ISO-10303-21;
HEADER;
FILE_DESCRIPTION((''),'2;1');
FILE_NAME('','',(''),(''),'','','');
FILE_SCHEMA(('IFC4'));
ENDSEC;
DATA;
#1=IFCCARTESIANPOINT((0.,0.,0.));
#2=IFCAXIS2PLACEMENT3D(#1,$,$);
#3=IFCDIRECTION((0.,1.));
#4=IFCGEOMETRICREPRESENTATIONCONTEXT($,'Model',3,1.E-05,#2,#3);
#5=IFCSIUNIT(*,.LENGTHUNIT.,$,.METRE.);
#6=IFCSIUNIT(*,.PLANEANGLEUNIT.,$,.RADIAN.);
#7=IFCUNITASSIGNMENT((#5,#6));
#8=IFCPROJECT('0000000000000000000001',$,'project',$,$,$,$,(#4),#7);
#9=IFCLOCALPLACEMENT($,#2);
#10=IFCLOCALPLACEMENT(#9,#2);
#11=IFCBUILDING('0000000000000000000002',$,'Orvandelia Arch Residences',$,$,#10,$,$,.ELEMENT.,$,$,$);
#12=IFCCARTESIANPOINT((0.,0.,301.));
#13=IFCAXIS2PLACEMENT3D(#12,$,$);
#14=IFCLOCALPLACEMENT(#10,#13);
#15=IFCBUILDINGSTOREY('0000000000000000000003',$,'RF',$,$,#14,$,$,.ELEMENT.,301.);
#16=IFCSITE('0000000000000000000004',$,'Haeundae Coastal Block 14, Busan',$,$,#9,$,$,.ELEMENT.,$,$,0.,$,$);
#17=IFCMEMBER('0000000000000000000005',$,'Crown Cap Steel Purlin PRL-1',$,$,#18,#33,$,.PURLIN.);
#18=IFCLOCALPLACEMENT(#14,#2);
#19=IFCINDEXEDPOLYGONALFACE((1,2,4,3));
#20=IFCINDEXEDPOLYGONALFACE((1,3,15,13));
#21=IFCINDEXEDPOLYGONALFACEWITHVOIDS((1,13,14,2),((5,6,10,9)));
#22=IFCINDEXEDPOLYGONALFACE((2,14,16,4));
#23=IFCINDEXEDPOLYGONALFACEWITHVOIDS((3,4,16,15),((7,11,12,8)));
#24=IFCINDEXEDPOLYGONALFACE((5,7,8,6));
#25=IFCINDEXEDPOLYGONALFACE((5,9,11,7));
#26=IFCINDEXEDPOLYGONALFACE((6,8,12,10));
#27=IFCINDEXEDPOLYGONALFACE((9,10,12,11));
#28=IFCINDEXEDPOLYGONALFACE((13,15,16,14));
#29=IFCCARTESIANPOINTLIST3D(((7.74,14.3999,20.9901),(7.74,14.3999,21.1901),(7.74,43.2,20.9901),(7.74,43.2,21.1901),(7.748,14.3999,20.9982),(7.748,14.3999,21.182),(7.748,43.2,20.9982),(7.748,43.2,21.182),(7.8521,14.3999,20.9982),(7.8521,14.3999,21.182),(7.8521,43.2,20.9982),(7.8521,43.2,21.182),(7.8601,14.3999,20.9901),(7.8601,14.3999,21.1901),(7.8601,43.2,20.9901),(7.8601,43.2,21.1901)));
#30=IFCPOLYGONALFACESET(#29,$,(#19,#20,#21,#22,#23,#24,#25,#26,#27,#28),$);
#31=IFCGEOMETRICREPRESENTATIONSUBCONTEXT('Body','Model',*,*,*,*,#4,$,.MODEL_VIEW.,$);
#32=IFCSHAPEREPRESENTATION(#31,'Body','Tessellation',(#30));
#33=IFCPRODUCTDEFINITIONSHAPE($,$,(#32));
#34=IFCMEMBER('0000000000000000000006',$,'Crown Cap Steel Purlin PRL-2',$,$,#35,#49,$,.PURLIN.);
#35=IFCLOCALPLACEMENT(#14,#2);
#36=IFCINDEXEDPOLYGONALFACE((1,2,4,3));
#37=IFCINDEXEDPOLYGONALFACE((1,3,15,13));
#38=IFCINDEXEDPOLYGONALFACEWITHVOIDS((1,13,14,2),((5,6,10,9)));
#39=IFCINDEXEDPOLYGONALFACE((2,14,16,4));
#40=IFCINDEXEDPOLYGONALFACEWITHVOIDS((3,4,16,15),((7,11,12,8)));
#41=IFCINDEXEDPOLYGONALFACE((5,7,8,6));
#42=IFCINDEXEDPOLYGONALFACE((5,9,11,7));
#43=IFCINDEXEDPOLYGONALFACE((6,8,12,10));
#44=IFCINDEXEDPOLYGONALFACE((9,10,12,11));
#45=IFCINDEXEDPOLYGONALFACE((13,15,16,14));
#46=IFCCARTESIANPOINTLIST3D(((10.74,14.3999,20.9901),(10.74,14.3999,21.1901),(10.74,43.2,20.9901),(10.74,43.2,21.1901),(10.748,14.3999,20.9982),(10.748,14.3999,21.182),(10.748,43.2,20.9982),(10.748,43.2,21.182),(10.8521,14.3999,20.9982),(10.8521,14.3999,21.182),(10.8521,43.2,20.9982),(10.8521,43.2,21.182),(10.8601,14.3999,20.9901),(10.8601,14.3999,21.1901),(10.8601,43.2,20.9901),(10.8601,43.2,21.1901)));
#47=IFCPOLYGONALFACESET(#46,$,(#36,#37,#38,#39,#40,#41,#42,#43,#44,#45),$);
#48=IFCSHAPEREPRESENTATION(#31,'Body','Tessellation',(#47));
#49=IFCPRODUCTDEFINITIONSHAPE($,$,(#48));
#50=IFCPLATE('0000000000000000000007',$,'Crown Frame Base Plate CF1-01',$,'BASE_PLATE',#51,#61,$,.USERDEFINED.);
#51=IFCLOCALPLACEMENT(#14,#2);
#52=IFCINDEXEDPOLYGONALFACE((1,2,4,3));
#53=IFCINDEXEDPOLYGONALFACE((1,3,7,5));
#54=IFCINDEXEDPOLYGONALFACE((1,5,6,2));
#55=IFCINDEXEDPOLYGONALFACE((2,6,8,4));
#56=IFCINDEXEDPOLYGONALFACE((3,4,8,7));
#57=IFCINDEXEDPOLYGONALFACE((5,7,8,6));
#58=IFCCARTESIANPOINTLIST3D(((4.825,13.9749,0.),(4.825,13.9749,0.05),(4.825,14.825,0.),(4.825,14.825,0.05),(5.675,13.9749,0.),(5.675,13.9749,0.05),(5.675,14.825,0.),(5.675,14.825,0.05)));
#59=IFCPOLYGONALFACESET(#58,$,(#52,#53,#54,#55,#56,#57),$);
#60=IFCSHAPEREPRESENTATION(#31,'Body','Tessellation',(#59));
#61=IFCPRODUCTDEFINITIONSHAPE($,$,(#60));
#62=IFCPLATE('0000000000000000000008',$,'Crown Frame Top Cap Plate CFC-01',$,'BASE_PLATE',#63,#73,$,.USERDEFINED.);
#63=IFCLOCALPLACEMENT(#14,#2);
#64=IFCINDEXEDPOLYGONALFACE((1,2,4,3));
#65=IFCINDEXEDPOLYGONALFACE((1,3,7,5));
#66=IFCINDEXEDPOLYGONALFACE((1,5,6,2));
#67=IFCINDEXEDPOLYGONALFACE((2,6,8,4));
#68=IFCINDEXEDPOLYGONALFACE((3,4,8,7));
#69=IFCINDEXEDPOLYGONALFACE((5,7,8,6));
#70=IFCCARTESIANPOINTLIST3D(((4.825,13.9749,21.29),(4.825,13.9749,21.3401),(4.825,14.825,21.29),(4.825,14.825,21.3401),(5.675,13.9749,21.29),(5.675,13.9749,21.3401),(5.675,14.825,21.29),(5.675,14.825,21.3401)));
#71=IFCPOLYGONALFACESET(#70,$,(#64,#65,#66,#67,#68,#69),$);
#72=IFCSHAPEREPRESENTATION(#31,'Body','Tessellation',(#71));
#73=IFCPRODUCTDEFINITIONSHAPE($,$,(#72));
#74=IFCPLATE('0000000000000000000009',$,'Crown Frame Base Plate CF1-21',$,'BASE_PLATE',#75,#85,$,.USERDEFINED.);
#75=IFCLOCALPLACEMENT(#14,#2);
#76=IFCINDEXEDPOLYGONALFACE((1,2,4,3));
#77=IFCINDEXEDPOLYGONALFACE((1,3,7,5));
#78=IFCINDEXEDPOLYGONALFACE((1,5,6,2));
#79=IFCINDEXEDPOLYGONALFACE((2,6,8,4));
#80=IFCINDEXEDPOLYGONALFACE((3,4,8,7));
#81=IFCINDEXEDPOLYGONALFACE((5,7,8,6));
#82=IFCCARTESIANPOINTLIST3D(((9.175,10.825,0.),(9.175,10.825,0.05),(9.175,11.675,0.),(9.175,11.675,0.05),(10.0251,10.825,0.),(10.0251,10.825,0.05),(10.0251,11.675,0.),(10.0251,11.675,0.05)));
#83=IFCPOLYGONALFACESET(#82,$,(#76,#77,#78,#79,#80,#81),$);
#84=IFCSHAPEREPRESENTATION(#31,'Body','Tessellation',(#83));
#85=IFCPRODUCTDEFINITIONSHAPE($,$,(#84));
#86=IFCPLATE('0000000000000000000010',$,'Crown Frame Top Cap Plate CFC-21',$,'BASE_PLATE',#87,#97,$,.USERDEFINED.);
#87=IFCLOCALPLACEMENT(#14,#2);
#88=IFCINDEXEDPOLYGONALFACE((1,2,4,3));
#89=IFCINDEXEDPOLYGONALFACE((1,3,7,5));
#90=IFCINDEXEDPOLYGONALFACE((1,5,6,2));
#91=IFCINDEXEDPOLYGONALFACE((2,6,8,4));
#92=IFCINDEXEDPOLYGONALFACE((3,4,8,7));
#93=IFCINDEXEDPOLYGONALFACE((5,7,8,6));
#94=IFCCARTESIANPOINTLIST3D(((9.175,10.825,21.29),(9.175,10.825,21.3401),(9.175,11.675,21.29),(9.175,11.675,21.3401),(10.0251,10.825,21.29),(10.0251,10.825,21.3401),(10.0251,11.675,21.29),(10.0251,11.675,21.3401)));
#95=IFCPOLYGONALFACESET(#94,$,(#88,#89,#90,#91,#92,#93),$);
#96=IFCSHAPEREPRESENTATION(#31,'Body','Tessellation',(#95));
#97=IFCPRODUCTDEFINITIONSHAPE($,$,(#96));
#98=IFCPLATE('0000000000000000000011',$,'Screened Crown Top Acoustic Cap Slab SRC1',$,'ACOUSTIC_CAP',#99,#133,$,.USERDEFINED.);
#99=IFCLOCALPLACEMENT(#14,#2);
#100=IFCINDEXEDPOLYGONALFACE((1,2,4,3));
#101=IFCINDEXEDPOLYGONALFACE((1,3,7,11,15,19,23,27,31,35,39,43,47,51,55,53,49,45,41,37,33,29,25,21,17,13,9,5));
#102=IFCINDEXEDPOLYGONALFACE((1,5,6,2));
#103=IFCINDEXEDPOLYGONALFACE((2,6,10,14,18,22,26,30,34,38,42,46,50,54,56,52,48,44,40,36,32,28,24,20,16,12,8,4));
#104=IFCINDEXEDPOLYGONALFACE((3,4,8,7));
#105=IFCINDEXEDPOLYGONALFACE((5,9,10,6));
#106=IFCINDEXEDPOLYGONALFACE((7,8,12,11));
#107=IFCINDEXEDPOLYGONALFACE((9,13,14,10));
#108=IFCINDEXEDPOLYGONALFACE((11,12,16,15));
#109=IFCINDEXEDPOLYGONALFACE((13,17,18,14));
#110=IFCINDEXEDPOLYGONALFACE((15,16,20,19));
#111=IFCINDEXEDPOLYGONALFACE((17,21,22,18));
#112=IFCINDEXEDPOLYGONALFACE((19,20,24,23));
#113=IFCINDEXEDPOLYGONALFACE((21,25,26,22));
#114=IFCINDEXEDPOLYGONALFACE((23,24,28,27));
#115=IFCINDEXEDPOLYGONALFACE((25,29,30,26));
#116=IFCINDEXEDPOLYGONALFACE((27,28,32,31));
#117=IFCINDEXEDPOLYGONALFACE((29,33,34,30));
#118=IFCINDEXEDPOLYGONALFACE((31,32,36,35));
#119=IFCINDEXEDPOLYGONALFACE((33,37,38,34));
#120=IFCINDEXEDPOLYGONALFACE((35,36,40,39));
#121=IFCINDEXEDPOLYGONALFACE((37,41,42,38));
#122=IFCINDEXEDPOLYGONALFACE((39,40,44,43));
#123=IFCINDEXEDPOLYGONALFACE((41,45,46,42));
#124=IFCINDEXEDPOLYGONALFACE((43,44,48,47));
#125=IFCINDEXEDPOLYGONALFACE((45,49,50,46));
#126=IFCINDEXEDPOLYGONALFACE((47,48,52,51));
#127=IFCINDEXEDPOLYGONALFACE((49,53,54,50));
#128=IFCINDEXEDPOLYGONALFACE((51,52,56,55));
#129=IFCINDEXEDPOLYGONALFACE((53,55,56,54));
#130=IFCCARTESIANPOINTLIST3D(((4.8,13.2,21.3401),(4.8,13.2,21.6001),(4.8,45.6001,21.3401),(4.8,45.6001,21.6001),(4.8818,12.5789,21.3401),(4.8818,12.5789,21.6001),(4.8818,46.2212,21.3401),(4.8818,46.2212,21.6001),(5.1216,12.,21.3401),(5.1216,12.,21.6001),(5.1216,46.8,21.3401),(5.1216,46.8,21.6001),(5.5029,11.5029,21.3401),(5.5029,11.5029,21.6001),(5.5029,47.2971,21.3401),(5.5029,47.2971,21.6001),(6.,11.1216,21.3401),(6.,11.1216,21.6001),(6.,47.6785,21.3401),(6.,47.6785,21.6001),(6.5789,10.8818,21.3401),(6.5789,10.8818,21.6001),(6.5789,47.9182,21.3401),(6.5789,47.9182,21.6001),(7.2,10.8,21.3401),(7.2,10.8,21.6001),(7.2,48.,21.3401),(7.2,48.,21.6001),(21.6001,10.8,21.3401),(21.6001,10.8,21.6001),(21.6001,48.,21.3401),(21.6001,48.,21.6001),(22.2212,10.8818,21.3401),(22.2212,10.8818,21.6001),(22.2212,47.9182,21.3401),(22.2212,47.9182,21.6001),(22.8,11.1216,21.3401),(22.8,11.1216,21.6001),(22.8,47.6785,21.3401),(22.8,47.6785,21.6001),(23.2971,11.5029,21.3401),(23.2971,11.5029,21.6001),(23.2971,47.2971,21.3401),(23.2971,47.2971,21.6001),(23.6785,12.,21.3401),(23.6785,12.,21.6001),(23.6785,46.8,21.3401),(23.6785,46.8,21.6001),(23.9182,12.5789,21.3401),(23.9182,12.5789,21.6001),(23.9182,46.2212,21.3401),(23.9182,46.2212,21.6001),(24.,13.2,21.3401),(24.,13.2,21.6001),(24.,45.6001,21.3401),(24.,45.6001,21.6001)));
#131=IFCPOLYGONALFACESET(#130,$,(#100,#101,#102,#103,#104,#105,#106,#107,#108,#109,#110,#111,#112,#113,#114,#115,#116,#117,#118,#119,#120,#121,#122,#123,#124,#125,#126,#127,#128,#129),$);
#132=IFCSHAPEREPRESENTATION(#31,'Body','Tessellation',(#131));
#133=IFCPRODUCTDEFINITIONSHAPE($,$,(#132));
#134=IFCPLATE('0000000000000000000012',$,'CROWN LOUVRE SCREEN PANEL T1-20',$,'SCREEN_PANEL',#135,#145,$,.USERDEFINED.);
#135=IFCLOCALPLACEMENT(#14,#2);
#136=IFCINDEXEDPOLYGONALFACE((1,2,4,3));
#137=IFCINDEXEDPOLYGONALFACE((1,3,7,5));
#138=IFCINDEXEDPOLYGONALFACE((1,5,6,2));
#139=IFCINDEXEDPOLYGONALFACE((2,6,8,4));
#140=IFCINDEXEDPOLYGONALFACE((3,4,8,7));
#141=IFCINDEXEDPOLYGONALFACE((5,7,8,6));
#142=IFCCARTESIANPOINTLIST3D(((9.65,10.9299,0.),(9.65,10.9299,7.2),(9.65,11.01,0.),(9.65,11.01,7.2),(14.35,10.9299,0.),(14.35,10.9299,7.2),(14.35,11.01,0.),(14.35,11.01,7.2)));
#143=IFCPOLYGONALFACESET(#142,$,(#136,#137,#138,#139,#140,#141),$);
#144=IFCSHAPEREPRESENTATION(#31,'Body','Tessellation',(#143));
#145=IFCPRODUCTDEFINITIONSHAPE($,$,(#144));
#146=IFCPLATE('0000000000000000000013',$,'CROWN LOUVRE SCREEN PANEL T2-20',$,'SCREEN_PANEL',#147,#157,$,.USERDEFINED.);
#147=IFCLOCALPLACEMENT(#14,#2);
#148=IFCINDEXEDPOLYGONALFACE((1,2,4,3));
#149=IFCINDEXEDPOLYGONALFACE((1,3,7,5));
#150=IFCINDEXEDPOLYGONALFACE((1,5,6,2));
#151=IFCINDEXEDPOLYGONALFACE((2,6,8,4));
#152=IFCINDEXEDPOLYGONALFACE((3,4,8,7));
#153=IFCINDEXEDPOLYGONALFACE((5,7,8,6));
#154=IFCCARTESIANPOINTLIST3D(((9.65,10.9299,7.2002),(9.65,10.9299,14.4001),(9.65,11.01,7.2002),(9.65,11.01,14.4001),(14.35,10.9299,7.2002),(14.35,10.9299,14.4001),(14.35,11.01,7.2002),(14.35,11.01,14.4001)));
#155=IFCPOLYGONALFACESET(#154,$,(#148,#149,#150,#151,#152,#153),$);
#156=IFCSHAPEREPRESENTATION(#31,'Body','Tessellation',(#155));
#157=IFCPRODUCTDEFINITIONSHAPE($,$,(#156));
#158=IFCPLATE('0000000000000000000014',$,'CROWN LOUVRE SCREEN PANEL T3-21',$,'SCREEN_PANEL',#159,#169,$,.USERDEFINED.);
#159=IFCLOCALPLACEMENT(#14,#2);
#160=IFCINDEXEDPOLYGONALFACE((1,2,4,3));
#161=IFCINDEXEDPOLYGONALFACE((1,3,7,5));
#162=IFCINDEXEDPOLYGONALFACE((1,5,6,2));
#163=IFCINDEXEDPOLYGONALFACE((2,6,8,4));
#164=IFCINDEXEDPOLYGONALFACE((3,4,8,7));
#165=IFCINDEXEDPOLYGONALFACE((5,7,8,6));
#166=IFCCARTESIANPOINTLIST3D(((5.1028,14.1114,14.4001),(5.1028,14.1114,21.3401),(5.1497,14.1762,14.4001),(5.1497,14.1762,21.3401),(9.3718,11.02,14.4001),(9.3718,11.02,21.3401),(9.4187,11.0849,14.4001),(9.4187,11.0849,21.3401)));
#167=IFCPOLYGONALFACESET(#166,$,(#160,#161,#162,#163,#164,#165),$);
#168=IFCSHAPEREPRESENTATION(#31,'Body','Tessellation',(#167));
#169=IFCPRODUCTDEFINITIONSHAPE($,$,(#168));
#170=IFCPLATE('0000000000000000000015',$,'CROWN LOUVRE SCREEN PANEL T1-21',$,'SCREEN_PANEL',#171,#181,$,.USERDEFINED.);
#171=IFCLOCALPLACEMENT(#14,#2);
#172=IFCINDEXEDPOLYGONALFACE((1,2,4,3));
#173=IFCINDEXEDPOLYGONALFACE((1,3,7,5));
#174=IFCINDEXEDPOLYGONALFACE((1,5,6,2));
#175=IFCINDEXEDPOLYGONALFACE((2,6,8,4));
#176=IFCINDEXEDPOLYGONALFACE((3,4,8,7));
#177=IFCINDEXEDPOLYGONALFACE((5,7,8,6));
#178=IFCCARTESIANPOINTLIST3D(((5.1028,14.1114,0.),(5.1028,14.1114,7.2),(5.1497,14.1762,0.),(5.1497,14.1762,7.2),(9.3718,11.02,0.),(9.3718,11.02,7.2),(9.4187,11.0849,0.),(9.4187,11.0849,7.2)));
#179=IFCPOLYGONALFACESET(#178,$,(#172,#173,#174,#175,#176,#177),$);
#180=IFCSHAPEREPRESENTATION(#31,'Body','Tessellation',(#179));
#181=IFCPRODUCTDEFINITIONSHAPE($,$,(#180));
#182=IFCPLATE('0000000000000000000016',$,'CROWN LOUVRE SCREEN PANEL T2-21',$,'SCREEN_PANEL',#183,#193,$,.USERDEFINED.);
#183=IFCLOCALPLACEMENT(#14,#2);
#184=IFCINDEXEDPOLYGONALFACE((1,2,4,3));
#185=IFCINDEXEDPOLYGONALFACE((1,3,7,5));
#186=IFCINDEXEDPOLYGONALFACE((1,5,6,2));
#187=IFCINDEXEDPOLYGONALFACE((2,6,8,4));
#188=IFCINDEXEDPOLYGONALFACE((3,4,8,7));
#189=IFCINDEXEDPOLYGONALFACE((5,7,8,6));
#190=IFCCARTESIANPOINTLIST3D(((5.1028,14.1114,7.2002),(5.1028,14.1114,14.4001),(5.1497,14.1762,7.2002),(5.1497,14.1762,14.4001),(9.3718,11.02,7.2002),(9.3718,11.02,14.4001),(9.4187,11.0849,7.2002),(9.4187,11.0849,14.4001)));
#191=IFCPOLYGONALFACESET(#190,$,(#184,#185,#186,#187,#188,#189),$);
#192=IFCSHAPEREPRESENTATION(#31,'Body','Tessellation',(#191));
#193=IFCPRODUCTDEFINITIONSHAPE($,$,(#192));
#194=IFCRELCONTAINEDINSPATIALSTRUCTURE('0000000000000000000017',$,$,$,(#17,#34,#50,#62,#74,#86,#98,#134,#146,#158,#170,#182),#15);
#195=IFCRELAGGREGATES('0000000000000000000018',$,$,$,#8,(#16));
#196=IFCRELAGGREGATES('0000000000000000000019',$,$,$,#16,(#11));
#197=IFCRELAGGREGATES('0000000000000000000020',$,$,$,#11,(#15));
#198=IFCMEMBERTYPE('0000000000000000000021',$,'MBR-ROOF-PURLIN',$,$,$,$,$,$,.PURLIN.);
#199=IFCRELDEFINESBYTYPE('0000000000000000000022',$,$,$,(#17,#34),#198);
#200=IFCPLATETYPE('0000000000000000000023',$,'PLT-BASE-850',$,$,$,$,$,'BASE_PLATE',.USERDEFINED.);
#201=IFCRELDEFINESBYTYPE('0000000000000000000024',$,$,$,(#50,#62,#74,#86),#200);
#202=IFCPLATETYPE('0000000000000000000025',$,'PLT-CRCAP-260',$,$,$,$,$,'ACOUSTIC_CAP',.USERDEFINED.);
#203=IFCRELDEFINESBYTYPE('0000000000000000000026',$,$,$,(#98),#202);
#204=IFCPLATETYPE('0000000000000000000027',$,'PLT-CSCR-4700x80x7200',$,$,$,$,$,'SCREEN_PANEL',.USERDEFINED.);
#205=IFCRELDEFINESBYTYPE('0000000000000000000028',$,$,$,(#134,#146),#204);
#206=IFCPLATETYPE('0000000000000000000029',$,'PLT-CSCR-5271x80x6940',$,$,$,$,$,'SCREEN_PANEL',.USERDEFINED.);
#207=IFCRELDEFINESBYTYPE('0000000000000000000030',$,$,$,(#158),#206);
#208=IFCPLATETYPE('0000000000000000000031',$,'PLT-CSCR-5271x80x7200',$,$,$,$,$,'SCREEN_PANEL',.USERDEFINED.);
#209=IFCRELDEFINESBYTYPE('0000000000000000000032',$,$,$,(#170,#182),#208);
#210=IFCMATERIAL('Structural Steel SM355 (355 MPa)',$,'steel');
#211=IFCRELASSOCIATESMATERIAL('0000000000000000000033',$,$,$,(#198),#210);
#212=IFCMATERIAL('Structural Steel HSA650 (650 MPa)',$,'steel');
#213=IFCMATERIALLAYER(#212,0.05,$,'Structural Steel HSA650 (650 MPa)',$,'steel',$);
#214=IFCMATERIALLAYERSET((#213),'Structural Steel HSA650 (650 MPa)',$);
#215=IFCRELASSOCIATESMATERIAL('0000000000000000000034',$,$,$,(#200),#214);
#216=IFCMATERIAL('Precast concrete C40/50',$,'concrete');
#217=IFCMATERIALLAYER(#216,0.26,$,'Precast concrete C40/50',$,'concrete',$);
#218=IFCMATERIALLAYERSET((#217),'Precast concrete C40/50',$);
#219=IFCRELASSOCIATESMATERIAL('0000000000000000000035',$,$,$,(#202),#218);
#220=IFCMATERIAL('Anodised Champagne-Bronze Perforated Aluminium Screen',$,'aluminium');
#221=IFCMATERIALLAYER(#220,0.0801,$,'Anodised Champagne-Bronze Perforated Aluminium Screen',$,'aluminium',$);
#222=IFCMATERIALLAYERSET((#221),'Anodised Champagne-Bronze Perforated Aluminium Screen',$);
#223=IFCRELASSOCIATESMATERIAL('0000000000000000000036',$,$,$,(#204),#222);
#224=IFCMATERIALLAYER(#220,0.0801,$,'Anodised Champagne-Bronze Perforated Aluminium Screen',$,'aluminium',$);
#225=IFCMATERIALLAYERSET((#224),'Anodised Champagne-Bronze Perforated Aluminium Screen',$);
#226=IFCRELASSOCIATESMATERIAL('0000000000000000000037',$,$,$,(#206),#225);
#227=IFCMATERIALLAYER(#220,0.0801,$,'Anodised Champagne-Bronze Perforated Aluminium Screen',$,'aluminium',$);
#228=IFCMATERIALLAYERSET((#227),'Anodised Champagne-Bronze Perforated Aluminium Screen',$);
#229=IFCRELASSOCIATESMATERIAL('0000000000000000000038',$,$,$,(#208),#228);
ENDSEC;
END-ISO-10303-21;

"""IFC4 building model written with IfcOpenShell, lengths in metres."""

from ifc_helpers import new_model, si_unit, direction, frame, origin, origin_2d, place, context, subcontext, project, spatial, polyline, rectangle, hollow_rectangle, outline, extrude, material, layer, layer_set, material_profile, profile_set, type_object, element, save


model = new_model("IFC4")

# Units and contexts
model_context = context("Model", 3, precision=1e-05, world=origin(), true_north=direction((0.0, 1.0)))
body_context = subcontext(model_context, "Body", "Model", "MODEL_VIEW")
ifc_project = project(units=[si_unit("LENGTHUNIT", "METRE"), si_unit("PLANEANGLEUNIT", "RADIAN")], contexts=[model_context])

# Site, building, storey
site_placement = place(None, origin())
site = spatial("IfcSite", under=ifc_project, at=site_placement, Name="Haeundae Coastal Block 14, Busan", CompositionType="ELEMENT", RefElevation=0.0)
building_placement = place(site_placement, origin())
building = spatial("IfcBuilding", under=site, at=building_placement, Name="Orvandelia Arch Residences", CompositionType="ELEMENT")
storey_placement = place(building_placement, frame((0.0, 0.0, 301.0)))
storey = spatial("IfcBuildingStorey", under=building, at=storey_placement, Name="RF", CompositionType="ELEMENT", Elevation=301.0)

# Shared definitions
ifc_material_1 = material(Name="Structural Steel HSA650 (650 MPa)", Category="steel")

# Members
ifc_material_2 = material(Name="Structural Steel SM355 (355 MPa)", Category="steel")
ifc_material_profile_1 = material_profile(ifc_material_2, hollow_rectangle(XDim=0.1201, YDim=0.2, WallThickness=0.0081, at=origin_2d()), Name="Structural Steel SM355 (355 MPa)", Category="steel")
ifc_profile_set_1 = profile_set([ifc_material_profile_1], Name="Structural Steel SM355 (355 MPa)")
member_type_1 = type_object("IfcMemberType", Name="MBR-ROOF-PURLIN", PredefinedType="PURLIN", material=ifc_profile_set_1)
for number, where, z_axis, x_axis, name in (
    (1, (7.8, 14.3999, 21.0901), (0.0, 1.0, 0.0), (-1.0, 0.0, 0.0), "Crown Cap Steel Purlin PRL-1"),
    (2, (10.8, 14.3999, 21.0901), (0.0, 1.0, 0.0), (-1.0, 0.0, 0.0), "Crown Cap Steel Purlin PRL-2"),
):
    element("IfcMember", number, at=place(storey_placement, frame(where, z_axis=z_axis, x_axis=x_axis)), inside=storey, type_object=member_type_1, Name=name, PredefinedType="PURLIN", context=body_context, shape_type="SweptSolid", body=[
        extrude(hollow_rectangle(XDim=0.1201, YDim=0.2, WallThickness=0.0081, at=origin_2d()), origin(), (0.0, 0.0, 1.0), 28.8),
    ])

# Plates
ifc_layer_1 = layer(ifc_material_1, 0.05, Name="Structural Steel HSA650 (650 MPa)", Category="steel")
ifc_layer_set_1 = layer_set([ifc_layer_1], Name="Structural Steel HSA650 (650 MPa)")
plate_type_1 = type_object("IfcPlateType", Name="PLT-BASE-850", ElementType="BASE_PLATE", PredefinedType="USERDEFINED", material=ifc_layer_set_1)
for number, where, z_axis, x_axis, name in (
    (3, (5.25, 14.3999, 0.0), (0.0, 0.0, 1.0), (1.0, 0.0, 0.0), "Crown Frame Base Plate CF1-01"),
    (4, (5.25, 14.3999, 21.29), (0.0, 0.0, 1.0), (1.0, 0.0, 0.0), "Crown Frame Top Cap Plate CFC-01"),
    (5, (9.6001, 11.25, 0.0), (0.0, 0.0, 1.0), (1.0, 0.0, 0.0), "Crown Frame Base Plate CF1-21"),
    (6, (9.6001, 11.25, 21.29), (0.0, 0.0, 1.0), (1.0, 0.0, 0.0), "Crown Frame Top Cap Plate CFC-21"),
):
    element("IfcPlate", number, at=place(storey_placement, frame(where, z_axis=z_axis, x_axis=x_axis)), inside=storey, type_object=plate_type_1, Name=name, ObjectType="BASE_PLATE", PredefinedType="USERDEFINED", context=body_context, shape_type="SweptSolid", body=[
        extrude(rectangle(XDim=0.8501, YDim=0.8501, at=origin_2d()), origin(), (0.0, 0.0, 1.0), 0.05),
    ])
ifc_material_3 = material(Name="Precast concrete C40/50", Category="concrete")
ifc_layer_2 = layer(ifc_material_3, 0.26, Name="Precast concrete C40/50", Category="concrete")
ifc_layer_set_2 = layer_set([ifc_layer_2], Name="Precast concrete C40/50")
plate_type_2 = type_object("IfcPlateType", Name="PLT-CRCAP-260", ElementType="ACOUSTIC_CAP", PredefinedType="USERDEFINED", material=ifc_layer_set_2)
plate_1_placement = place(storey_placement, frame((0.0, 0.0, 21.3401)))
element("IfcPlate", 7, at=plate_1_placement, inside=storey, type_object=plate_type_2, Name="Screened Crown Top Acoustic Cap Slab SRC1", ObjectType="ACOUSTIC_CAP", PredefinedType="USERDEFINED", context=body_context, shape_type="SweptSolid", body=[
    extrude(outline(polyline([(4.8, 13.2), (4.8818, 12.5789), (5.1216, 12.0), (5.5029, 11.5029), (6.0, 11.1216), (6.5789, 10.8818), (7.2, 10.8), (21.6001, 10.8), (22.2212, 10.8818), (22.8, 11.1216), (23.2971, 11.5029), (23.6785, 12.0), (23.9182, 12.5789), (24.0, 13.2), (24.0, 45.6001), (23.9182, 46.2212), (23.6785, 46.8), (23.2971, 47.2971), (22.8, 47.6785), (22.2212, 47.9182), (21.6001, 48.0), (7.2, 48.0), (6.5789, 47.9182), (6.0, 47.6785), (5.5029, 47.2971), (5.1216, 46.8), (4.8818, 46.2212), (4.8, 45.6001), (4.8, 13.2)])), origin(), (0.0, 0.0, 1.0), 0.26),
])
ifc_material_4 = material(Name="Anodised Champagne-Bronze Perforated Aluminium Screen", Category="aluminium")
ifc_layer_3 = layer(ifc_material_4, 0.0801, Name="Anodised Champagne-Bronze Perforated Aluminium Screen", Category="aluminium")
ifc_layer_set_3 = layer_set([ifc_layer_3], Name="Anodised Champagne-Bronze Perforated Aluminium Screen")
plate_type_3 = type_object("IfcPlateType", Name="PLT-CSCR-4700x80x7200", ElementType="SCREEN_PANEL", PredefinedType="USERDEFINED", material=ifc_layer_set_3)
for number, where, z_axis, x_axis, name in (
    (8, (12.0, 10.97, 0.0), (0.0, 0.0, 1.0), (-1.0, 0.0, 0.0), "CROWN LOUVRE SCREEN PANEL T1-20"),
    (9, (12.0, 10.97, 7.2002), (0.0, 0.0, 1.0), (-1.0, 0.0, 0.0), "CROWN LOUVRE SCREEN PANEL T2-20"),
):
    element("IfcPlate", number, at=place(storey_placement, frame(where, z_axis=z_axis, x_axis=x_axis)), inside=storey, type_object=plate_type_3, Name=name, ObjectType="SCREEN_PANEL", PredefinedType="USERDEFINED", context=body_context, shape_type="SweptSolid", body=[
        extrude(rectangle(XDim=4.7, YDim=0.0801, at=origin_2d()), origin(), (0.0, 0.0, 1.0), 7.2),
    ])
ifc_layer_4 = layer(ifc_material_4, 0.0801, Name="Anodised Champagne-Bronze Perforated Aluminium Screen", Category="aluminium")
ifc_layer_set_4 = layer_set([ifc_layer_4], Name="Anodised Champagne-Bronze Perforated Aluminium Screen")
plate_type_4 = type_object("IfcPlateType", Name="PLT-CSCR-5271x80x6940", ElementType="SCREEN_PANEL", PredefinedType="USERDEFINED", material=ifc_layer_set_4)
plate_2_placement = place(storey_placement, frame((7.2607, 12.5981, 14.4001), z_axis=(0.0, 0.0, 1.0), x_axis=(-0.809942, 0.58651, 0.0)))
element("IfcPlate", 10, at=plate_2_placement, inside=storey, type_object=plate_type_4, Name="CROWN LOUVRE SCREEN PANEL T3-21", ObjectType="SCREEN_PANEL", PredefinedType="USERDEFINED", context=body_context, shape_type="SweptSolid", body=[
    extrude(rectangle(XDim=5.2708, YDim=0.0801, at=origin_2d()), origin(), (0.0, 0.0, 1.0), 6.9399),
])
ifc_layer_5 = layer(ifc_material_4, 0.0801, Name="Anodised Champagne-Bronze Perforated Aluminium Screen", Category="aluminium")
ifc_layer_set_5 = layer_set([ifc_layer_5], Name="Anodised Champagne-Bronze Perforated Aluminium Screen")
plate_type_5 = type_object("IfcPlateType", Name="PLT-CSCR-5271x80x7200", ElementType="SCREEN_PANEL", PredefinedType="USERDEFINED", material=ifc_layer_set_5)
for number, where, z_axis, x_axis, name in (
    (11, (7.2607, 12.5981, 0.0), (0.0, 0.0, 1.0), (-0.809942, 0.58651, 0.0), "CROWN LOUVRE SCREEN PANEL T1-21"),
    (12, (7.2607, 12.5981, 7.2002), (0.0, 0.0, 1.0), (-0.809942, 0.58651, 0.0), "CROWN LOUVRE SCREEN PANEL T2-21"),
):
    element("IfcPlate", number, at=place(storey_placement, frame(where, z_axis=z_axis, x_axis=x_axis)), inside=storey, type_object=plate_type_5, Name=name, ObjectType="SCREEN_PANEL", PredefinedType="USERDEFINED", context=body_context, shape_type="SweptSolid", body=[
        extrude(rectangle(XDim=5.2708, YDim=0.0801, at=origin_2d()), origin(), (0.0, 0.0, 1.0), 7.2),
    ])

save(model, "model.ifc")
